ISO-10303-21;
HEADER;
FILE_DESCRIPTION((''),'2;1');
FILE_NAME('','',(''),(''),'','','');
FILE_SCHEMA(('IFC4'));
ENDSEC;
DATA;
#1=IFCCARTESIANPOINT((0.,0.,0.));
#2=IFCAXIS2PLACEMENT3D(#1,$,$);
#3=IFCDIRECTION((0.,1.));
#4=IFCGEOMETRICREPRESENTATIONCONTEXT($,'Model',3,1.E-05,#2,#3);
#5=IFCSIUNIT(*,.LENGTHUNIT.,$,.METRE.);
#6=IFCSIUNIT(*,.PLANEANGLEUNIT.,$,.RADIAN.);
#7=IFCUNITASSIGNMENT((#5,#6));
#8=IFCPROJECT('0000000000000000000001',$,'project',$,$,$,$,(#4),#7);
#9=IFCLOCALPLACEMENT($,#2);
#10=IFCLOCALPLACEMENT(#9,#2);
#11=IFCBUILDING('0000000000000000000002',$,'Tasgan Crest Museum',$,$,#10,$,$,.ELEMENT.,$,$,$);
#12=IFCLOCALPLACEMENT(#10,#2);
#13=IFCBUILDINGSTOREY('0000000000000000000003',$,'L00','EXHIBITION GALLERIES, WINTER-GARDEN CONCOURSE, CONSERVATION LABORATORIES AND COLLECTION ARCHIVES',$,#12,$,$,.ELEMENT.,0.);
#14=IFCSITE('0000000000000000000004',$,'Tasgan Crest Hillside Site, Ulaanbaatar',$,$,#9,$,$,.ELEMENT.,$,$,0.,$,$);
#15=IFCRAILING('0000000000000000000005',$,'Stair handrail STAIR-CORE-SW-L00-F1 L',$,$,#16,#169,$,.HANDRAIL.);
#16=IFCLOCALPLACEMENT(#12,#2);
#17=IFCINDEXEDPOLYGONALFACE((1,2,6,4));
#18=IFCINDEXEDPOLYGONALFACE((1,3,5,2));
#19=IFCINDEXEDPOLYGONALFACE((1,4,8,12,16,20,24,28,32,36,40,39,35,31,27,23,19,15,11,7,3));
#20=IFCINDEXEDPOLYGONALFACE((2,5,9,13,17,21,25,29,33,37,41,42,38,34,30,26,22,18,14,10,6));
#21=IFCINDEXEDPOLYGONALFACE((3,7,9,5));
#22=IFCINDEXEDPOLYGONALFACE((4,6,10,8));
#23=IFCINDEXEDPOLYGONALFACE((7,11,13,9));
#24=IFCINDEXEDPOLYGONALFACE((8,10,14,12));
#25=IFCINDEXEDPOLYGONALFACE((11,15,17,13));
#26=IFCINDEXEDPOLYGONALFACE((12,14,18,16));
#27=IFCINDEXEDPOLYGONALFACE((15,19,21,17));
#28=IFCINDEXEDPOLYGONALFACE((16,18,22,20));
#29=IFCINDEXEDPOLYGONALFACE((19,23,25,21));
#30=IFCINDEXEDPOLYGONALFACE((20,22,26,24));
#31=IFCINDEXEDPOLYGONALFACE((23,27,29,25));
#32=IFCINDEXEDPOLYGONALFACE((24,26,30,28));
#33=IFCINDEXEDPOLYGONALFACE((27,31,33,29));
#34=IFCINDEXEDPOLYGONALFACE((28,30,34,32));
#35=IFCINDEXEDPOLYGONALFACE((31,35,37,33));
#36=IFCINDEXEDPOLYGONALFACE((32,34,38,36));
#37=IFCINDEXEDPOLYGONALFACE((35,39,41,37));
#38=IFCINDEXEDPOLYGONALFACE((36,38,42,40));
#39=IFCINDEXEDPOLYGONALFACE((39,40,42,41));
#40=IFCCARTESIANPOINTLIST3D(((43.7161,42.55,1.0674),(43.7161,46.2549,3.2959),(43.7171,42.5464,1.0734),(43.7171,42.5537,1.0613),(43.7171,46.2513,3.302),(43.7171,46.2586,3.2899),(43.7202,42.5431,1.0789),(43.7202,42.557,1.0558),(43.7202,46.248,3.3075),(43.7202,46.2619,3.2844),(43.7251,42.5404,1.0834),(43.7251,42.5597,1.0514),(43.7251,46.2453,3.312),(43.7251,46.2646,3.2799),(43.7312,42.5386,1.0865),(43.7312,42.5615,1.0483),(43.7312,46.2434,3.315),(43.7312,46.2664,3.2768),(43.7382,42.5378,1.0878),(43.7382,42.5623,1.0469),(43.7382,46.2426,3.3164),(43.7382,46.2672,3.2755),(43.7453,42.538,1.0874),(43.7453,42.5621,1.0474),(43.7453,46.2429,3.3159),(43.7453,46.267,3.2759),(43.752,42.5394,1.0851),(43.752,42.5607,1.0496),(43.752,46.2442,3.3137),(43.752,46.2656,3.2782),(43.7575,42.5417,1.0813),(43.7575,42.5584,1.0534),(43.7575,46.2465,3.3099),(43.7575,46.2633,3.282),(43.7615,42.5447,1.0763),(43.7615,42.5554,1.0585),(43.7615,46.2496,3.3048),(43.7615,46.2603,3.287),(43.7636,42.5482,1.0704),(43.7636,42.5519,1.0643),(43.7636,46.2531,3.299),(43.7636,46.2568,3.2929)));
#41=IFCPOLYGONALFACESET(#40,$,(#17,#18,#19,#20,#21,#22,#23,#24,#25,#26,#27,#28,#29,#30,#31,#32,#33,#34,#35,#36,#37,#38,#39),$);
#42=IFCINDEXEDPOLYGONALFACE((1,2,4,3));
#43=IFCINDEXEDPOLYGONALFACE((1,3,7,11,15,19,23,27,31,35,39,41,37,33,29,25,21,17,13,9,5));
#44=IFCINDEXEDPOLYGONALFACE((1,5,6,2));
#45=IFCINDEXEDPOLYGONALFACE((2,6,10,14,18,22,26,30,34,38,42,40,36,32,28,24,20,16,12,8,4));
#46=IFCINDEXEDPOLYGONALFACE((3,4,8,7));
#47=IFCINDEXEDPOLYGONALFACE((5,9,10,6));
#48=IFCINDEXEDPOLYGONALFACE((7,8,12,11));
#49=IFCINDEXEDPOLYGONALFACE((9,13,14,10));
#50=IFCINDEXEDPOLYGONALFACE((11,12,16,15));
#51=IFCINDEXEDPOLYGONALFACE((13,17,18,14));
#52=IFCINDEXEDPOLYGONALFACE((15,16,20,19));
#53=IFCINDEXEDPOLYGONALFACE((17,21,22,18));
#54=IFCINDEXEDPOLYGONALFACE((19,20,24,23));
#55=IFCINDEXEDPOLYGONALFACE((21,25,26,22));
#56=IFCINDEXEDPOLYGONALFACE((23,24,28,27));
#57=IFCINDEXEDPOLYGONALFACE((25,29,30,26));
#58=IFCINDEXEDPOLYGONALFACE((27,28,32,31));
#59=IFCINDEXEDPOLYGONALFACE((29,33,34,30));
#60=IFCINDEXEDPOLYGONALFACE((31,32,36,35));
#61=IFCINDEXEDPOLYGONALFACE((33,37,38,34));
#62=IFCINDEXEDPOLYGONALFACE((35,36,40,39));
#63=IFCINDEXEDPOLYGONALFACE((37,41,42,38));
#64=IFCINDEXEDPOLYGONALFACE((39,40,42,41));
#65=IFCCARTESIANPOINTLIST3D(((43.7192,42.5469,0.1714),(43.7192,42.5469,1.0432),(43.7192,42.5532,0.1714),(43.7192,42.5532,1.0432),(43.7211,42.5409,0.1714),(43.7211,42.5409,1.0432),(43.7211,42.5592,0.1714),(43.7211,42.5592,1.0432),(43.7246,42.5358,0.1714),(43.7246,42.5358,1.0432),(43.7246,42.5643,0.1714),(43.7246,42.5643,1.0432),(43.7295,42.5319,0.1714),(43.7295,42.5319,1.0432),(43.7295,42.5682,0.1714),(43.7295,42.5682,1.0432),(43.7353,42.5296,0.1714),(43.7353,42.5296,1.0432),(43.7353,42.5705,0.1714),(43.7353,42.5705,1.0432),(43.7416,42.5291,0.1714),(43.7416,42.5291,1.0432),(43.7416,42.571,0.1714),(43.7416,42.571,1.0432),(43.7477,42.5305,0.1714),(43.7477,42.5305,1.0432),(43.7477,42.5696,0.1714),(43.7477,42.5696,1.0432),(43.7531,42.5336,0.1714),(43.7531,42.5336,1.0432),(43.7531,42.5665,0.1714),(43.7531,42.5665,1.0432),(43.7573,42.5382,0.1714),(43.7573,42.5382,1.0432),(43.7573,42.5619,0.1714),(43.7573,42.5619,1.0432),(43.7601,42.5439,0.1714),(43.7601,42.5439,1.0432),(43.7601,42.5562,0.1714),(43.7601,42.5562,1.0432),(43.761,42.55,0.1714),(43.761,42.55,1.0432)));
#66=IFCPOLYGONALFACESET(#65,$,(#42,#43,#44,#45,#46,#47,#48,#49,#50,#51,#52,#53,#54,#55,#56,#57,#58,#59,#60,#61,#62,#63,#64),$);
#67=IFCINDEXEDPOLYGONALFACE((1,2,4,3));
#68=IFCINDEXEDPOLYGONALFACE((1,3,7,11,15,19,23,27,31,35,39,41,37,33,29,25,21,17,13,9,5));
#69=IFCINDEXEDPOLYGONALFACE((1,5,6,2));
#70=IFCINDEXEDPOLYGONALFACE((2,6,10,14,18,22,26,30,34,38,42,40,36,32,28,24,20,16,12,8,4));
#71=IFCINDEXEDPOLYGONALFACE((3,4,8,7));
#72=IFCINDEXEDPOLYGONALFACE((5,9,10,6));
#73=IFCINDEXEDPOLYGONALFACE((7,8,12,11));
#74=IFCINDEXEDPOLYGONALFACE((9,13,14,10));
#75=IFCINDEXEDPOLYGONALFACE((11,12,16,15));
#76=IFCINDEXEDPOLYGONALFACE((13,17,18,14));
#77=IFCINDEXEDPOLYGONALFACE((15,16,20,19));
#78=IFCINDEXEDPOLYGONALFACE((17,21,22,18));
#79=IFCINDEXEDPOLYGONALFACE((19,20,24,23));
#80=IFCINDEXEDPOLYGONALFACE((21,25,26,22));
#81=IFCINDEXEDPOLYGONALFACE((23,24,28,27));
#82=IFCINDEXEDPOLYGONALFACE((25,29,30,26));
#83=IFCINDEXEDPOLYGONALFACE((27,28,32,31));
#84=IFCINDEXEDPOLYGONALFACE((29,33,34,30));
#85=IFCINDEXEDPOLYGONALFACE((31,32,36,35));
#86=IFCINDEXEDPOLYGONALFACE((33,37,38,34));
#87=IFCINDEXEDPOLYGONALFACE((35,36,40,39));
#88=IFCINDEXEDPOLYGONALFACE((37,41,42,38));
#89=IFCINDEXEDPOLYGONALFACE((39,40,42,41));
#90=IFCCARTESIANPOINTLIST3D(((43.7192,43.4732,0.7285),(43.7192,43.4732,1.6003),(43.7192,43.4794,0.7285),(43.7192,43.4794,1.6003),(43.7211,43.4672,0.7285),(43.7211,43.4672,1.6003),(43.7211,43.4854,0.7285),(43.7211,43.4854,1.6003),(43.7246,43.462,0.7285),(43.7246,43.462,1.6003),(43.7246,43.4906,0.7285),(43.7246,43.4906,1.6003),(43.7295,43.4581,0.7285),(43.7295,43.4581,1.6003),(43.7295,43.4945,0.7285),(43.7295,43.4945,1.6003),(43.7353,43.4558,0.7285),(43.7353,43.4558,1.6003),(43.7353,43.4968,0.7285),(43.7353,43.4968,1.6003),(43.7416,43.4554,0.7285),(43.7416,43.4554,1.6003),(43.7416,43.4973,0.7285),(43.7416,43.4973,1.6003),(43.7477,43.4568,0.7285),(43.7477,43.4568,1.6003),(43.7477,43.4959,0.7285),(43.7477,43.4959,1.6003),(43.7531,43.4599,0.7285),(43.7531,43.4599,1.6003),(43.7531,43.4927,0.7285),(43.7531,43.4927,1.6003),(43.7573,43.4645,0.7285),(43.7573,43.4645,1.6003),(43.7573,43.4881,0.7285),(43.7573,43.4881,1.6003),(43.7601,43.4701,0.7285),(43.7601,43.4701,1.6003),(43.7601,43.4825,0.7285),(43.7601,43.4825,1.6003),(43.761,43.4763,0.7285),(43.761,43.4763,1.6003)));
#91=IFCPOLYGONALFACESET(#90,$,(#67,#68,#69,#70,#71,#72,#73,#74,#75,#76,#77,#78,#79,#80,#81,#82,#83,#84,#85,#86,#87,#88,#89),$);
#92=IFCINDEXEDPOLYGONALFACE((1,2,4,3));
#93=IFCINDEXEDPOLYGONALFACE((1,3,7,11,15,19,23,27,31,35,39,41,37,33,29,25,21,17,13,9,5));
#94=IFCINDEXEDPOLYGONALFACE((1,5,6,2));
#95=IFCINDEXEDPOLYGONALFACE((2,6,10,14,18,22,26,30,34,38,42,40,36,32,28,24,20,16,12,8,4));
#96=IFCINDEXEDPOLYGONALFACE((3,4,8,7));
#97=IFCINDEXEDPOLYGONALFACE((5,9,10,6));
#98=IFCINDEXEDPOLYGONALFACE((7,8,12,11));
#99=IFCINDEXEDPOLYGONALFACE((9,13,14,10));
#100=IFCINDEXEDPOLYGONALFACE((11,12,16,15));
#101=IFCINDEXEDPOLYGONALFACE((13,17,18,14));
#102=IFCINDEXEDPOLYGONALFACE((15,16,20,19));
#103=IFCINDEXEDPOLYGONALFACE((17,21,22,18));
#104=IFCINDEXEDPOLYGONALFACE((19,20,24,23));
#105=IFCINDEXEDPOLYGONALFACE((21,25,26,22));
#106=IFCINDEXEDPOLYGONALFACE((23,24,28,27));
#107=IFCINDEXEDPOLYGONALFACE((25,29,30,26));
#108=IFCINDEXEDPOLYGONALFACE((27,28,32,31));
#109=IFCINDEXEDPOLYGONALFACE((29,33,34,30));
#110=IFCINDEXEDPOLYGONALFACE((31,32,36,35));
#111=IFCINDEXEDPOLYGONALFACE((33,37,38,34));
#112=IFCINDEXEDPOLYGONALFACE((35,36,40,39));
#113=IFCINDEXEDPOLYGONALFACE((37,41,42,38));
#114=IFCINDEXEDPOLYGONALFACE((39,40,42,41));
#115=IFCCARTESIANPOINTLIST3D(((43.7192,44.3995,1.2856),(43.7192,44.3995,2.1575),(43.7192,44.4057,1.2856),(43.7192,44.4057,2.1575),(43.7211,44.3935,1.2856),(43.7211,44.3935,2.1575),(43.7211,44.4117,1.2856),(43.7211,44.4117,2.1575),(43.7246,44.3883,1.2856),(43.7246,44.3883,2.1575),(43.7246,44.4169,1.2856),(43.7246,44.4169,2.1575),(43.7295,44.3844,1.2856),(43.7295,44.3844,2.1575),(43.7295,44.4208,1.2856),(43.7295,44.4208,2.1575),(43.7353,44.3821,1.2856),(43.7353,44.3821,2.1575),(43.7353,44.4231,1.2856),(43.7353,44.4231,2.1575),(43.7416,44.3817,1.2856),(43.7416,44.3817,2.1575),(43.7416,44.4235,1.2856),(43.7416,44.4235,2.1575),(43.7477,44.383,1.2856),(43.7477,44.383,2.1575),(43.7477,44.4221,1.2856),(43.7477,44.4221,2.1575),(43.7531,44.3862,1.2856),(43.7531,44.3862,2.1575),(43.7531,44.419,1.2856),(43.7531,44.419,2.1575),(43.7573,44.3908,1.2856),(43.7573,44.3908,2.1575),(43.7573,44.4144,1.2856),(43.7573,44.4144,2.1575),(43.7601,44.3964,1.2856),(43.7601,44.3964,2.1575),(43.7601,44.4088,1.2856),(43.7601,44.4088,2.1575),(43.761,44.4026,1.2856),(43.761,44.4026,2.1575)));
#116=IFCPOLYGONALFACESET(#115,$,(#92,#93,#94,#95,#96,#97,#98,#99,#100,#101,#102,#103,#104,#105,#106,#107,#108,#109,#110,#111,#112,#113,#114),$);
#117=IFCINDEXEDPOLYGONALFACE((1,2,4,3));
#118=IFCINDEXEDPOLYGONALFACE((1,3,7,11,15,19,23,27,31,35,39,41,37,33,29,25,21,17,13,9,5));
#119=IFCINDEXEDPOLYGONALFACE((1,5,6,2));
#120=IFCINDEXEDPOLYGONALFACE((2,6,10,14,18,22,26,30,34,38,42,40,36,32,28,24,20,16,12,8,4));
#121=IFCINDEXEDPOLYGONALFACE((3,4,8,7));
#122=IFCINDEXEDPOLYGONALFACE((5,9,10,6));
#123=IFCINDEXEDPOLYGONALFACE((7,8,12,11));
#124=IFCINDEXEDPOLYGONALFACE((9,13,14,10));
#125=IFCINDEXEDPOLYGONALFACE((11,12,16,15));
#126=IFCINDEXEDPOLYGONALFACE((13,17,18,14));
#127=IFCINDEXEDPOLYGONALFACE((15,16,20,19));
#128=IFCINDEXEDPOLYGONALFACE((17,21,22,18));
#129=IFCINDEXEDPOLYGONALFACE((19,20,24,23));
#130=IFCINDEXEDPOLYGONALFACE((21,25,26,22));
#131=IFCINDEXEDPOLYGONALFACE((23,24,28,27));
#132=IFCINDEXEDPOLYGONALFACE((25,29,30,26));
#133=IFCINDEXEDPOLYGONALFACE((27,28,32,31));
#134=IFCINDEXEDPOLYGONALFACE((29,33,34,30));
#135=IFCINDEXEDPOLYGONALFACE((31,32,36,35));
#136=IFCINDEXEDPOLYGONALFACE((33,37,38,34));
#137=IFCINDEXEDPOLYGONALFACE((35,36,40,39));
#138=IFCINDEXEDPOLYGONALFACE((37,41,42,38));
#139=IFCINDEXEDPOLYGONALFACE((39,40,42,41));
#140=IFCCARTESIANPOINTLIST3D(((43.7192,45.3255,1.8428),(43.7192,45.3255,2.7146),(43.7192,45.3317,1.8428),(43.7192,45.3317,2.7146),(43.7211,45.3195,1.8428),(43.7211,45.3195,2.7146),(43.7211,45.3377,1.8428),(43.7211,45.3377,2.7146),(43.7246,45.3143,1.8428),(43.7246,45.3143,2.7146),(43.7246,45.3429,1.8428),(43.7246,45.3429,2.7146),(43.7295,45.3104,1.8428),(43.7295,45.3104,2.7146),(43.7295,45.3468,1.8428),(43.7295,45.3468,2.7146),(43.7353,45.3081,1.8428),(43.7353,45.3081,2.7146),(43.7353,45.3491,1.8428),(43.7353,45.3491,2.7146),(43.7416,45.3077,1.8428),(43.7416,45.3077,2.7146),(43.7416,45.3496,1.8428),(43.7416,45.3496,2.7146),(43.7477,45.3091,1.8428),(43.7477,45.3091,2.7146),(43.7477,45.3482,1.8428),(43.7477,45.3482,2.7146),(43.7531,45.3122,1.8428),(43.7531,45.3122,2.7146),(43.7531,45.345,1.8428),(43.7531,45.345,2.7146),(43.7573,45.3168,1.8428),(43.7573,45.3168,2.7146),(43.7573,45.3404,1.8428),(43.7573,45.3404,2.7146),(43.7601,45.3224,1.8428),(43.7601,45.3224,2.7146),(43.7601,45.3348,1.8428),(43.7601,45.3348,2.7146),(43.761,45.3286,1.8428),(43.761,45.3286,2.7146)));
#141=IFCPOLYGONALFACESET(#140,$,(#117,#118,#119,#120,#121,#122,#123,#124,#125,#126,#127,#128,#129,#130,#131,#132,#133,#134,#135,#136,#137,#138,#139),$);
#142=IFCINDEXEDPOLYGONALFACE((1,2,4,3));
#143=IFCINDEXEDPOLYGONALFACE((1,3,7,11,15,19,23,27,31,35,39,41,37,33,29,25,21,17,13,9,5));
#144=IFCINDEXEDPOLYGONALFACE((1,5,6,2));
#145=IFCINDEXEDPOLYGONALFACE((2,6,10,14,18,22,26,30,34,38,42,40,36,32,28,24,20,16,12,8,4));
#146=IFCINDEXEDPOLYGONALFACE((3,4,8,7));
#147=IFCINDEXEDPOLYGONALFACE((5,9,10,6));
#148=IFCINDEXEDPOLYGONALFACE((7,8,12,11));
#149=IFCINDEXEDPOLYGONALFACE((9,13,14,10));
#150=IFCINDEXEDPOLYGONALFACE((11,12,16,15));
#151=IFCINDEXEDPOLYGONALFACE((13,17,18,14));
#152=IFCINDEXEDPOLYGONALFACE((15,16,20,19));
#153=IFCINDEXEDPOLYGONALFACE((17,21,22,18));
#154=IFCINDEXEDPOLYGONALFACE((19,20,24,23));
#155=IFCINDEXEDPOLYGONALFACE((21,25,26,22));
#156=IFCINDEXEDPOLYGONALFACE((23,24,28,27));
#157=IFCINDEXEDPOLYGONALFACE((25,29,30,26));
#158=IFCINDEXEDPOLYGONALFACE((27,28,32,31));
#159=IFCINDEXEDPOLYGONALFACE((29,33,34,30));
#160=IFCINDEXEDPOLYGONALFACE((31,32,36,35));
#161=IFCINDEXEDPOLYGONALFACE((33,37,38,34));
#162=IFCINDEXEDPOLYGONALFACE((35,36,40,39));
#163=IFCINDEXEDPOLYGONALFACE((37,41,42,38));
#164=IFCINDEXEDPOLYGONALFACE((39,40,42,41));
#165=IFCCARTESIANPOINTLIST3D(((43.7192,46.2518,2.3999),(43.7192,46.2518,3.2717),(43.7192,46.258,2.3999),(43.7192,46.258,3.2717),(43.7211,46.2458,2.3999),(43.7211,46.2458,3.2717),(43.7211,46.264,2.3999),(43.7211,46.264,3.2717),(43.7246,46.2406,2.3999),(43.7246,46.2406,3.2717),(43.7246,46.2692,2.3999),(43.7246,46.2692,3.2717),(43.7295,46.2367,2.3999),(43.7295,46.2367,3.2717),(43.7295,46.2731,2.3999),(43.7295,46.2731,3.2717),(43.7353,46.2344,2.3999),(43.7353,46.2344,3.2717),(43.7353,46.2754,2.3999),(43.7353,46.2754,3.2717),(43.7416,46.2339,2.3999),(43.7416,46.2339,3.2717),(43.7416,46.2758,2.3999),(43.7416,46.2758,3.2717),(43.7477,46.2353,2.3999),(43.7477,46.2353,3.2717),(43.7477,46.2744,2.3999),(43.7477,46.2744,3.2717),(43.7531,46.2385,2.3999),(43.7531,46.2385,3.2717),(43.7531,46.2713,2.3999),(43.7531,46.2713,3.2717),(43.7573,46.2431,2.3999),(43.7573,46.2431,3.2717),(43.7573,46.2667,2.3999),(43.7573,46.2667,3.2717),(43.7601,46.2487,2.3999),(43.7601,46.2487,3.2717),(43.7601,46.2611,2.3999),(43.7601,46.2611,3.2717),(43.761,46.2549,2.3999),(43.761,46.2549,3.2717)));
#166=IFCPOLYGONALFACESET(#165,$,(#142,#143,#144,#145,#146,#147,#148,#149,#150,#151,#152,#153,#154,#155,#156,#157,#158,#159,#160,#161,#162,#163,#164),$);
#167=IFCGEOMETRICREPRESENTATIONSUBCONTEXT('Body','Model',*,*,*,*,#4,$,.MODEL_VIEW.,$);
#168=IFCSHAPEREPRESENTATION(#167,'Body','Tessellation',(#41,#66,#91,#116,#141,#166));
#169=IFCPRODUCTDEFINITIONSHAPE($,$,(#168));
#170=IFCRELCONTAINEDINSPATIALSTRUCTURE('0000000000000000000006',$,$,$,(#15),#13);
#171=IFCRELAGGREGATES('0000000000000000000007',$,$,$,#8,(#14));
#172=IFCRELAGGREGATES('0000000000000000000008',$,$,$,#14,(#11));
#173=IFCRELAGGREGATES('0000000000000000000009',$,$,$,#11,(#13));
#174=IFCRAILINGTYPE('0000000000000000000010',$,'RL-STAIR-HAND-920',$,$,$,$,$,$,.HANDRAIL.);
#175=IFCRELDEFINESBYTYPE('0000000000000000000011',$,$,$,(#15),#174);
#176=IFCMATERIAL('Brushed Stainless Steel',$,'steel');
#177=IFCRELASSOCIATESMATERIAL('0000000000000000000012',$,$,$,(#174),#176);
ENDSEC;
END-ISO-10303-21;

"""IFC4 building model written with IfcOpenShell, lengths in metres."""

from ifc_helpers import new_model, si_unit, direction, frame, origin, origin_2d, place, context, subcontext, project, spatial, circle, extrude, material, type_object, element, save


model = new_model("IFC4")

# Units and contexts
model_context = context("Model", 3, precision=1e-05, world=origin(), true_north=direction((0.0, 1.0)))
body_context = subcontext(model_context, "Body", "Model", "MODEL_VIEW")
ifc_project = project(units=[si_unit("LENGTHUNIT", "METRE"), si_unit("PLANEANGLEUNIT", "RADIAN")], contexts=[model_context])

# Site, building, storey
site_placement = place(None, origin())
site = spatial("IfcSite", under=ifc_project, at=site_placement, Name="Tasgan Crest Hillside Site, Ulaanbaatar", CompositionType="ELEMENT", RefElevation=0.0)
building_placement = place(site_placement, origin())
building = spatial("IfcBuilding", under=site, at=building_placement, Name="Tasgan Crest Museum", CompositionType="ELEMENT")
storey_placement = place(building_placement, origin())
storey = spatial("IfcBuildingStorey", under=building, at=storey_placement, Name="L00", Description="EXHIBITION GALLERIES, WINTER-GARDEN CONCOURSE, CONSERVATION LABORATORIES AND COLLECTION ARCHIVES", CompositionType="ELEMENT", Elevation=0.0)

# Railing
ifc_material_1 = material(Name="Brushed Stainless Steel", Category="steel")
railing_type_1 = type_object("IfcRailingType", Name="RL-STAIR-HAND-920", PredefinedType="HANDRAIL", material=ifc_material_1)
for number, where, name in (
    (1, (43.74, 42.55, 0.1714), "Stair handrail STAIR-CORE-SW-L00-F1 L"),
):
    element("IfcRailing", number, at=place(storey_placement, frame(where)), inside=storey, type_object=railing_type_1, Name=name, PredefinedType="HANDRAIL", context=body_context, shape_type="SweptSolid", body=[
        extrude(circle(Radius=0.0239, at=origin_2d()), frame((0.0, 0.0, 0.896), z_axis=(0.0, 0.856919, 0.51545), x_axis=(-1.0, 0.0, 0.0)), (0.0, 0.0, 1.0), 4.3235),
        extrude(circle(Radius=0.021, at=origin_2d()), origin(), (0.0, 0.0, 1.0), 0.8718),
        extrude(circle(Radius=0.021, at=origin_2d()), frame((0.0, 0.9263, 0.5571)), (0.0, 0.0, 1.0), 0.8718),
        extrude(circle(Radius=0.021, at=origin_2d()), frame((0.0, 1.8525, 1.1143)), (0.0, 0.0, 1.0), 0.8718),
        extrude(circle(Radius=0.021, at=origin_2d()), frame((0.0, 2.7786, 1.6714)), (0.0, 0.0, 1.0), 0.8718),
        extrude(circle(Radius=0.021, at=origin_2d()), frame((0.0, 3.7048, 2.2285)), (0.0, 0.0, 1.0), 0.8718),
    ])

save(model, "model.ifc")
